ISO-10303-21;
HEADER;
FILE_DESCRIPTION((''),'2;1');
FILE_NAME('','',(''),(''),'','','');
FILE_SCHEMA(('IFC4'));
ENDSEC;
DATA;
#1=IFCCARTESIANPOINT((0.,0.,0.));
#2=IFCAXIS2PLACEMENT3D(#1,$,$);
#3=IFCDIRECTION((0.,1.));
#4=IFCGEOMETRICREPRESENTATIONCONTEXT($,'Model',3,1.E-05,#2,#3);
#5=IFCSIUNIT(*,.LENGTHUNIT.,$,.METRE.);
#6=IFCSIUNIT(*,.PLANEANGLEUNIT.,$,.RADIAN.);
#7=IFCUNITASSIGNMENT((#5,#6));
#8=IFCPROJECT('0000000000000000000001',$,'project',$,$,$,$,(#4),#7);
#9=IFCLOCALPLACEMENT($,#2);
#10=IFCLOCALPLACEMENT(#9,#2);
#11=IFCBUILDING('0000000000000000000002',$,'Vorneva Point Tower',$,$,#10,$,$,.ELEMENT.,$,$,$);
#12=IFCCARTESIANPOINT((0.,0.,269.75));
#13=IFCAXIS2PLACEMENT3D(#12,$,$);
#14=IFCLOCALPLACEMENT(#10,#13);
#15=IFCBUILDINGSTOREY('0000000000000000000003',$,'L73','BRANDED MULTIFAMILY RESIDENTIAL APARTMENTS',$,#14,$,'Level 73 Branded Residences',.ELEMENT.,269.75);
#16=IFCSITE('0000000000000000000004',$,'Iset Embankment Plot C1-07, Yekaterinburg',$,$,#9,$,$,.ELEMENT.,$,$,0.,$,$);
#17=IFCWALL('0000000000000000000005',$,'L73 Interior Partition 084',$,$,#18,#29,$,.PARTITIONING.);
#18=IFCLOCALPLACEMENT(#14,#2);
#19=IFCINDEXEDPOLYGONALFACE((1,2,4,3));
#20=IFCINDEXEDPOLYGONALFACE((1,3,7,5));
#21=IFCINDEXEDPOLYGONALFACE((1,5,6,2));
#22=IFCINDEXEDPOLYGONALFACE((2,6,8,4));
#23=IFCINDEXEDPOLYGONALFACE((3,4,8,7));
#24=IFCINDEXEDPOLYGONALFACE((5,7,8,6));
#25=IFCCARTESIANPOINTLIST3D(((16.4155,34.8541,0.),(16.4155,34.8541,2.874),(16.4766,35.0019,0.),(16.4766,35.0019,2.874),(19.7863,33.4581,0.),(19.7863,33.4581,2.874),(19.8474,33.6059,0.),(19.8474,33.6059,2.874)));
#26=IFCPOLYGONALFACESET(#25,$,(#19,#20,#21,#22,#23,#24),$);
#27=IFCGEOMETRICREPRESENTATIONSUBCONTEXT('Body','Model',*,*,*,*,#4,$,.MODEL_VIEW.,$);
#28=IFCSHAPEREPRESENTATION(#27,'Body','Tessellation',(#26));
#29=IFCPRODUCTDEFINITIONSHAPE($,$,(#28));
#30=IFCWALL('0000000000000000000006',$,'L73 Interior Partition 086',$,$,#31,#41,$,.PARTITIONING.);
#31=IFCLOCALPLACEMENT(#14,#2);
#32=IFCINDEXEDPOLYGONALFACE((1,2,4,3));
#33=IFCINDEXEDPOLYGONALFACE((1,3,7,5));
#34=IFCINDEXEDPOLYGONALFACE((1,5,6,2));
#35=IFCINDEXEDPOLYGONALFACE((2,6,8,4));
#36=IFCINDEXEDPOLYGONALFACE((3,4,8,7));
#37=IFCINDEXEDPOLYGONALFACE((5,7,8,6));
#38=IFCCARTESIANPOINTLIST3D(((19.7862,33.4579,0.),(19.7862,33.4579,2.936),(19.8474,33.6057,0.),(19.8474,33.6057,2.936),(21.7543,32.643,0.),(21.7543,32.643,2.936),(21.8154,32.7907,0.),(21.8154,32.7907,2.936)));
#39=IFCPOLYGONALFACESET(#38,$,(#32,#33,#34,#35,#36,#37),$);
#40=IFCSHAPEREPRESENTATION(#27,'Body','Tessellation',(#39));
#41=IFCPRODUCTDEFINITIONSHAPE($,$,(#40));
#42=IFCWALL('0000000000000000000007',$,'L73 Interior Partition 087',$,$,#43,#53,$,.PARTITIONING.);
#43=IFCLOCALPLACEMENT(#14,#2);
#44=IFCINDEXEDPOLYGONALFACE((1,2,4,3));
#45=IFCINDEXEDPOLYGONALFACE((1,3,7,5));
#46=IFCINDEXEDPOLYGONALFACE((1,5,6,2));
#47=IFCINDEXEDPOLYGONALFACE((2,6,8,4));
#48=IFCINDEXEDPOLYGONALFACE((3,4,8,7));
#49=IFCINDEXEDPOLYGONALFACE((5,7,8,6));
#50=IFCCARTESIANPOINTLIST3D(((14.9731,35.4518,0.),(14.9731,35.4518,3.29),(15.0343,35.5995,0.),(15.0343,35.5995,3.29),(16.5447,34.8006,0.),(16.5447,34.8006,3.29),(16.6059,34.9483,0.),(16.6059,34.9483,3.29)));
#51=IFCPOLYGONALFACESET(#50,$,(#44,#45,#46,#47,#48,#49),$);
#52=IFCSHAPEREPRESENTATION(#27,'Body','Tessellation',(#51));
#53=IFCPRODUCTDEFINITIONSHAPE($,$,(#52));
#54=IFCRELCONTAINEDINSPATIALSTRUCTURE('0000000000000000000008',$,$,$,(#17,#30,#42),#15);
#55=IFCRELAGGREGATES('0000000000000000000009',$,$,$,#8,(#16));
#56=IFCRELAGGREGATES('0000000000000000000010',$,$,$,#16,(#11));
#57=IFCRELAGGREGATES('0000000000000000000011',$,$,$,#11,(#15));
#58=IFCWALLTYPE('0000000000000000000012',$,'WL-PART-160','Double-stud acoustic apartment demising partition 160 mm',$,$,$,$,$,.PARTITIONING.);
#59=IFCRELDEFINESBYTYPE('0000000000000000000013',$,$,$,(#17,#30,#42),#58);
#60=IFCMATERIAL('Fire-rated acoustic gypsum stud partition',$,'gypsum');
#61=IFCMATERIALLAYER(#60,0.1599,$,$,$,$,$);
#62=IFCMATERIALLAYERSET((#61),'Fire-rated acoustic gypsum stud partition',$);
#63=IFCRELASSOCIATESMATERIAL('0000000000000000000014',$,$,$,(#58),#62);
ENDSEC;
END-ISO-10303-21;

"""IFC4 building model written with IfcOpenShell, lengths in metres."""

from ifc_helpers import new_model, si_unit, direction, frame, frame_2d, origin, place, context, subcontext, project, spatial, rectangle, extrude, material, layer, layer_set, type_object, element, save


model = new_model("IFC4")

# Units and contexts
model_context = context("Model", 3, precision=1e-05, world=origin(), true_north=direction((0.0, 1.0)))
body_context = subcontext(model_context, "Body", "Model", "MODEL_VIEW")
ifc_project = project(units=[si_unit("LENGTHUNIT", "METRE"), si_unit("PLANEANGLEUNIT", "RADIAN")], contexts=[model_context])

# Site, building, storey
site_placement = place(None, origin())
site = spatial("IfcSite", under=ifc_project, at=site_placement, Name="Iset Embankment Plot C1-07, Yekaterinburg", CompositionType="ELEMENT", RefElevation=0.0)
building_placement = place(site_placement, origin())
building = spatial("IfcBuilding", under=site, at=building_placement, Name="Vorneva Point Tower", CompositionType="ELEMENT")
storey_placement = place(building_placement, frame((0.0, 0.0, 269.75)))
storey = spatial("IfcBuildingStorey", under=building, at=storey_placement, Name="L73", Description="BRANDED MULTIFAMILY RESIDENTIAL APARTMENTS", LongName="Level 73 Branded Residences", CompositionType="ELEMENT", Elevation=269.75)

# Shared definitions
ifc_material_1 = material(Name="Fire-rated acoustic gypsum stud partition", Category="gypsum")

# Walls
ifc_layer_1 = layer(ifc_material_1, 0.1599)
ifc_layer_set_1 = layer_set([ifc_layer_1], Name="Fire-rated acoustic gypsum stud partition")
wall_type_1 = type_object("IfcWallType", Name="WL-PART-160", Description="Double-stud acoustic apartment demising partition 160 mm", PredefinedType="PARTITIONING", material=ifc_layer_set_1)
wall_1_placement = place(storey_placement, frame((16.446, 34.928, 0.0), z_axis=(0.0, 0.0, 1.0), x_axis=(0.923904, -0.382624, 0.0)))
element("IfcWall", 1, at=wall_1_placement, inside=storey, type_object=wall_type_1, Name="L73 Interior Partition 084", PredefinedType="PARTITIONING", context=body_context, shape_type="SweptSolid", body=[
    extrude(rectangle(XDim=3.6484, YDim=0.1599, at=frame_2d((1.8242, 0.0))), origin(), (0.0, 0.0, 1.0), 2.874),
])
wall_2_placement = place(storey_placement, frame((19.8169, 33.5317, 0.0), z_axis=(0.0, 0.0, 1.0), x_axis=(0.923919, -0.382588, 0.0)))
element("IfcWall", 2, at=wall_2_placement, inside=storey, type_object=wall_type_1, Name="L73 Interior Partition 086", PredefinedType="PARTITIONING", context=body_context, shape_type="SweptSolid", body=[
    extrude(rectangle(XDim=2.1301, YDim=0.1599, at=frame_2d((1.0649, 0.0))), origin(), (0.0, 0.0, 1.0), 2.936),
])
wall_3_placement = place(storey_placement, frame((15.0037, 35.5256, 0.0), z_axis=(0.0, 0.0, 1.0), x_axis=(0.923844, -0.38277, 0.0)))
element("IfcWall", 3, at=wall_3_placement, inside=storey, type_object=wall_type_1, Name="L73 Interior Partition 087", PredefinedType="PARTITIONING", context=body_context, shape_type="SweptSolid", body=[
    extrude(rectangle(XDim=1.7012, YDim=0.1599, at=frame_2d((0.8506, 0.0))), origin(), (0.0, 0.0, 1.0), 3.29),
])

save(model, "model.ifc")
